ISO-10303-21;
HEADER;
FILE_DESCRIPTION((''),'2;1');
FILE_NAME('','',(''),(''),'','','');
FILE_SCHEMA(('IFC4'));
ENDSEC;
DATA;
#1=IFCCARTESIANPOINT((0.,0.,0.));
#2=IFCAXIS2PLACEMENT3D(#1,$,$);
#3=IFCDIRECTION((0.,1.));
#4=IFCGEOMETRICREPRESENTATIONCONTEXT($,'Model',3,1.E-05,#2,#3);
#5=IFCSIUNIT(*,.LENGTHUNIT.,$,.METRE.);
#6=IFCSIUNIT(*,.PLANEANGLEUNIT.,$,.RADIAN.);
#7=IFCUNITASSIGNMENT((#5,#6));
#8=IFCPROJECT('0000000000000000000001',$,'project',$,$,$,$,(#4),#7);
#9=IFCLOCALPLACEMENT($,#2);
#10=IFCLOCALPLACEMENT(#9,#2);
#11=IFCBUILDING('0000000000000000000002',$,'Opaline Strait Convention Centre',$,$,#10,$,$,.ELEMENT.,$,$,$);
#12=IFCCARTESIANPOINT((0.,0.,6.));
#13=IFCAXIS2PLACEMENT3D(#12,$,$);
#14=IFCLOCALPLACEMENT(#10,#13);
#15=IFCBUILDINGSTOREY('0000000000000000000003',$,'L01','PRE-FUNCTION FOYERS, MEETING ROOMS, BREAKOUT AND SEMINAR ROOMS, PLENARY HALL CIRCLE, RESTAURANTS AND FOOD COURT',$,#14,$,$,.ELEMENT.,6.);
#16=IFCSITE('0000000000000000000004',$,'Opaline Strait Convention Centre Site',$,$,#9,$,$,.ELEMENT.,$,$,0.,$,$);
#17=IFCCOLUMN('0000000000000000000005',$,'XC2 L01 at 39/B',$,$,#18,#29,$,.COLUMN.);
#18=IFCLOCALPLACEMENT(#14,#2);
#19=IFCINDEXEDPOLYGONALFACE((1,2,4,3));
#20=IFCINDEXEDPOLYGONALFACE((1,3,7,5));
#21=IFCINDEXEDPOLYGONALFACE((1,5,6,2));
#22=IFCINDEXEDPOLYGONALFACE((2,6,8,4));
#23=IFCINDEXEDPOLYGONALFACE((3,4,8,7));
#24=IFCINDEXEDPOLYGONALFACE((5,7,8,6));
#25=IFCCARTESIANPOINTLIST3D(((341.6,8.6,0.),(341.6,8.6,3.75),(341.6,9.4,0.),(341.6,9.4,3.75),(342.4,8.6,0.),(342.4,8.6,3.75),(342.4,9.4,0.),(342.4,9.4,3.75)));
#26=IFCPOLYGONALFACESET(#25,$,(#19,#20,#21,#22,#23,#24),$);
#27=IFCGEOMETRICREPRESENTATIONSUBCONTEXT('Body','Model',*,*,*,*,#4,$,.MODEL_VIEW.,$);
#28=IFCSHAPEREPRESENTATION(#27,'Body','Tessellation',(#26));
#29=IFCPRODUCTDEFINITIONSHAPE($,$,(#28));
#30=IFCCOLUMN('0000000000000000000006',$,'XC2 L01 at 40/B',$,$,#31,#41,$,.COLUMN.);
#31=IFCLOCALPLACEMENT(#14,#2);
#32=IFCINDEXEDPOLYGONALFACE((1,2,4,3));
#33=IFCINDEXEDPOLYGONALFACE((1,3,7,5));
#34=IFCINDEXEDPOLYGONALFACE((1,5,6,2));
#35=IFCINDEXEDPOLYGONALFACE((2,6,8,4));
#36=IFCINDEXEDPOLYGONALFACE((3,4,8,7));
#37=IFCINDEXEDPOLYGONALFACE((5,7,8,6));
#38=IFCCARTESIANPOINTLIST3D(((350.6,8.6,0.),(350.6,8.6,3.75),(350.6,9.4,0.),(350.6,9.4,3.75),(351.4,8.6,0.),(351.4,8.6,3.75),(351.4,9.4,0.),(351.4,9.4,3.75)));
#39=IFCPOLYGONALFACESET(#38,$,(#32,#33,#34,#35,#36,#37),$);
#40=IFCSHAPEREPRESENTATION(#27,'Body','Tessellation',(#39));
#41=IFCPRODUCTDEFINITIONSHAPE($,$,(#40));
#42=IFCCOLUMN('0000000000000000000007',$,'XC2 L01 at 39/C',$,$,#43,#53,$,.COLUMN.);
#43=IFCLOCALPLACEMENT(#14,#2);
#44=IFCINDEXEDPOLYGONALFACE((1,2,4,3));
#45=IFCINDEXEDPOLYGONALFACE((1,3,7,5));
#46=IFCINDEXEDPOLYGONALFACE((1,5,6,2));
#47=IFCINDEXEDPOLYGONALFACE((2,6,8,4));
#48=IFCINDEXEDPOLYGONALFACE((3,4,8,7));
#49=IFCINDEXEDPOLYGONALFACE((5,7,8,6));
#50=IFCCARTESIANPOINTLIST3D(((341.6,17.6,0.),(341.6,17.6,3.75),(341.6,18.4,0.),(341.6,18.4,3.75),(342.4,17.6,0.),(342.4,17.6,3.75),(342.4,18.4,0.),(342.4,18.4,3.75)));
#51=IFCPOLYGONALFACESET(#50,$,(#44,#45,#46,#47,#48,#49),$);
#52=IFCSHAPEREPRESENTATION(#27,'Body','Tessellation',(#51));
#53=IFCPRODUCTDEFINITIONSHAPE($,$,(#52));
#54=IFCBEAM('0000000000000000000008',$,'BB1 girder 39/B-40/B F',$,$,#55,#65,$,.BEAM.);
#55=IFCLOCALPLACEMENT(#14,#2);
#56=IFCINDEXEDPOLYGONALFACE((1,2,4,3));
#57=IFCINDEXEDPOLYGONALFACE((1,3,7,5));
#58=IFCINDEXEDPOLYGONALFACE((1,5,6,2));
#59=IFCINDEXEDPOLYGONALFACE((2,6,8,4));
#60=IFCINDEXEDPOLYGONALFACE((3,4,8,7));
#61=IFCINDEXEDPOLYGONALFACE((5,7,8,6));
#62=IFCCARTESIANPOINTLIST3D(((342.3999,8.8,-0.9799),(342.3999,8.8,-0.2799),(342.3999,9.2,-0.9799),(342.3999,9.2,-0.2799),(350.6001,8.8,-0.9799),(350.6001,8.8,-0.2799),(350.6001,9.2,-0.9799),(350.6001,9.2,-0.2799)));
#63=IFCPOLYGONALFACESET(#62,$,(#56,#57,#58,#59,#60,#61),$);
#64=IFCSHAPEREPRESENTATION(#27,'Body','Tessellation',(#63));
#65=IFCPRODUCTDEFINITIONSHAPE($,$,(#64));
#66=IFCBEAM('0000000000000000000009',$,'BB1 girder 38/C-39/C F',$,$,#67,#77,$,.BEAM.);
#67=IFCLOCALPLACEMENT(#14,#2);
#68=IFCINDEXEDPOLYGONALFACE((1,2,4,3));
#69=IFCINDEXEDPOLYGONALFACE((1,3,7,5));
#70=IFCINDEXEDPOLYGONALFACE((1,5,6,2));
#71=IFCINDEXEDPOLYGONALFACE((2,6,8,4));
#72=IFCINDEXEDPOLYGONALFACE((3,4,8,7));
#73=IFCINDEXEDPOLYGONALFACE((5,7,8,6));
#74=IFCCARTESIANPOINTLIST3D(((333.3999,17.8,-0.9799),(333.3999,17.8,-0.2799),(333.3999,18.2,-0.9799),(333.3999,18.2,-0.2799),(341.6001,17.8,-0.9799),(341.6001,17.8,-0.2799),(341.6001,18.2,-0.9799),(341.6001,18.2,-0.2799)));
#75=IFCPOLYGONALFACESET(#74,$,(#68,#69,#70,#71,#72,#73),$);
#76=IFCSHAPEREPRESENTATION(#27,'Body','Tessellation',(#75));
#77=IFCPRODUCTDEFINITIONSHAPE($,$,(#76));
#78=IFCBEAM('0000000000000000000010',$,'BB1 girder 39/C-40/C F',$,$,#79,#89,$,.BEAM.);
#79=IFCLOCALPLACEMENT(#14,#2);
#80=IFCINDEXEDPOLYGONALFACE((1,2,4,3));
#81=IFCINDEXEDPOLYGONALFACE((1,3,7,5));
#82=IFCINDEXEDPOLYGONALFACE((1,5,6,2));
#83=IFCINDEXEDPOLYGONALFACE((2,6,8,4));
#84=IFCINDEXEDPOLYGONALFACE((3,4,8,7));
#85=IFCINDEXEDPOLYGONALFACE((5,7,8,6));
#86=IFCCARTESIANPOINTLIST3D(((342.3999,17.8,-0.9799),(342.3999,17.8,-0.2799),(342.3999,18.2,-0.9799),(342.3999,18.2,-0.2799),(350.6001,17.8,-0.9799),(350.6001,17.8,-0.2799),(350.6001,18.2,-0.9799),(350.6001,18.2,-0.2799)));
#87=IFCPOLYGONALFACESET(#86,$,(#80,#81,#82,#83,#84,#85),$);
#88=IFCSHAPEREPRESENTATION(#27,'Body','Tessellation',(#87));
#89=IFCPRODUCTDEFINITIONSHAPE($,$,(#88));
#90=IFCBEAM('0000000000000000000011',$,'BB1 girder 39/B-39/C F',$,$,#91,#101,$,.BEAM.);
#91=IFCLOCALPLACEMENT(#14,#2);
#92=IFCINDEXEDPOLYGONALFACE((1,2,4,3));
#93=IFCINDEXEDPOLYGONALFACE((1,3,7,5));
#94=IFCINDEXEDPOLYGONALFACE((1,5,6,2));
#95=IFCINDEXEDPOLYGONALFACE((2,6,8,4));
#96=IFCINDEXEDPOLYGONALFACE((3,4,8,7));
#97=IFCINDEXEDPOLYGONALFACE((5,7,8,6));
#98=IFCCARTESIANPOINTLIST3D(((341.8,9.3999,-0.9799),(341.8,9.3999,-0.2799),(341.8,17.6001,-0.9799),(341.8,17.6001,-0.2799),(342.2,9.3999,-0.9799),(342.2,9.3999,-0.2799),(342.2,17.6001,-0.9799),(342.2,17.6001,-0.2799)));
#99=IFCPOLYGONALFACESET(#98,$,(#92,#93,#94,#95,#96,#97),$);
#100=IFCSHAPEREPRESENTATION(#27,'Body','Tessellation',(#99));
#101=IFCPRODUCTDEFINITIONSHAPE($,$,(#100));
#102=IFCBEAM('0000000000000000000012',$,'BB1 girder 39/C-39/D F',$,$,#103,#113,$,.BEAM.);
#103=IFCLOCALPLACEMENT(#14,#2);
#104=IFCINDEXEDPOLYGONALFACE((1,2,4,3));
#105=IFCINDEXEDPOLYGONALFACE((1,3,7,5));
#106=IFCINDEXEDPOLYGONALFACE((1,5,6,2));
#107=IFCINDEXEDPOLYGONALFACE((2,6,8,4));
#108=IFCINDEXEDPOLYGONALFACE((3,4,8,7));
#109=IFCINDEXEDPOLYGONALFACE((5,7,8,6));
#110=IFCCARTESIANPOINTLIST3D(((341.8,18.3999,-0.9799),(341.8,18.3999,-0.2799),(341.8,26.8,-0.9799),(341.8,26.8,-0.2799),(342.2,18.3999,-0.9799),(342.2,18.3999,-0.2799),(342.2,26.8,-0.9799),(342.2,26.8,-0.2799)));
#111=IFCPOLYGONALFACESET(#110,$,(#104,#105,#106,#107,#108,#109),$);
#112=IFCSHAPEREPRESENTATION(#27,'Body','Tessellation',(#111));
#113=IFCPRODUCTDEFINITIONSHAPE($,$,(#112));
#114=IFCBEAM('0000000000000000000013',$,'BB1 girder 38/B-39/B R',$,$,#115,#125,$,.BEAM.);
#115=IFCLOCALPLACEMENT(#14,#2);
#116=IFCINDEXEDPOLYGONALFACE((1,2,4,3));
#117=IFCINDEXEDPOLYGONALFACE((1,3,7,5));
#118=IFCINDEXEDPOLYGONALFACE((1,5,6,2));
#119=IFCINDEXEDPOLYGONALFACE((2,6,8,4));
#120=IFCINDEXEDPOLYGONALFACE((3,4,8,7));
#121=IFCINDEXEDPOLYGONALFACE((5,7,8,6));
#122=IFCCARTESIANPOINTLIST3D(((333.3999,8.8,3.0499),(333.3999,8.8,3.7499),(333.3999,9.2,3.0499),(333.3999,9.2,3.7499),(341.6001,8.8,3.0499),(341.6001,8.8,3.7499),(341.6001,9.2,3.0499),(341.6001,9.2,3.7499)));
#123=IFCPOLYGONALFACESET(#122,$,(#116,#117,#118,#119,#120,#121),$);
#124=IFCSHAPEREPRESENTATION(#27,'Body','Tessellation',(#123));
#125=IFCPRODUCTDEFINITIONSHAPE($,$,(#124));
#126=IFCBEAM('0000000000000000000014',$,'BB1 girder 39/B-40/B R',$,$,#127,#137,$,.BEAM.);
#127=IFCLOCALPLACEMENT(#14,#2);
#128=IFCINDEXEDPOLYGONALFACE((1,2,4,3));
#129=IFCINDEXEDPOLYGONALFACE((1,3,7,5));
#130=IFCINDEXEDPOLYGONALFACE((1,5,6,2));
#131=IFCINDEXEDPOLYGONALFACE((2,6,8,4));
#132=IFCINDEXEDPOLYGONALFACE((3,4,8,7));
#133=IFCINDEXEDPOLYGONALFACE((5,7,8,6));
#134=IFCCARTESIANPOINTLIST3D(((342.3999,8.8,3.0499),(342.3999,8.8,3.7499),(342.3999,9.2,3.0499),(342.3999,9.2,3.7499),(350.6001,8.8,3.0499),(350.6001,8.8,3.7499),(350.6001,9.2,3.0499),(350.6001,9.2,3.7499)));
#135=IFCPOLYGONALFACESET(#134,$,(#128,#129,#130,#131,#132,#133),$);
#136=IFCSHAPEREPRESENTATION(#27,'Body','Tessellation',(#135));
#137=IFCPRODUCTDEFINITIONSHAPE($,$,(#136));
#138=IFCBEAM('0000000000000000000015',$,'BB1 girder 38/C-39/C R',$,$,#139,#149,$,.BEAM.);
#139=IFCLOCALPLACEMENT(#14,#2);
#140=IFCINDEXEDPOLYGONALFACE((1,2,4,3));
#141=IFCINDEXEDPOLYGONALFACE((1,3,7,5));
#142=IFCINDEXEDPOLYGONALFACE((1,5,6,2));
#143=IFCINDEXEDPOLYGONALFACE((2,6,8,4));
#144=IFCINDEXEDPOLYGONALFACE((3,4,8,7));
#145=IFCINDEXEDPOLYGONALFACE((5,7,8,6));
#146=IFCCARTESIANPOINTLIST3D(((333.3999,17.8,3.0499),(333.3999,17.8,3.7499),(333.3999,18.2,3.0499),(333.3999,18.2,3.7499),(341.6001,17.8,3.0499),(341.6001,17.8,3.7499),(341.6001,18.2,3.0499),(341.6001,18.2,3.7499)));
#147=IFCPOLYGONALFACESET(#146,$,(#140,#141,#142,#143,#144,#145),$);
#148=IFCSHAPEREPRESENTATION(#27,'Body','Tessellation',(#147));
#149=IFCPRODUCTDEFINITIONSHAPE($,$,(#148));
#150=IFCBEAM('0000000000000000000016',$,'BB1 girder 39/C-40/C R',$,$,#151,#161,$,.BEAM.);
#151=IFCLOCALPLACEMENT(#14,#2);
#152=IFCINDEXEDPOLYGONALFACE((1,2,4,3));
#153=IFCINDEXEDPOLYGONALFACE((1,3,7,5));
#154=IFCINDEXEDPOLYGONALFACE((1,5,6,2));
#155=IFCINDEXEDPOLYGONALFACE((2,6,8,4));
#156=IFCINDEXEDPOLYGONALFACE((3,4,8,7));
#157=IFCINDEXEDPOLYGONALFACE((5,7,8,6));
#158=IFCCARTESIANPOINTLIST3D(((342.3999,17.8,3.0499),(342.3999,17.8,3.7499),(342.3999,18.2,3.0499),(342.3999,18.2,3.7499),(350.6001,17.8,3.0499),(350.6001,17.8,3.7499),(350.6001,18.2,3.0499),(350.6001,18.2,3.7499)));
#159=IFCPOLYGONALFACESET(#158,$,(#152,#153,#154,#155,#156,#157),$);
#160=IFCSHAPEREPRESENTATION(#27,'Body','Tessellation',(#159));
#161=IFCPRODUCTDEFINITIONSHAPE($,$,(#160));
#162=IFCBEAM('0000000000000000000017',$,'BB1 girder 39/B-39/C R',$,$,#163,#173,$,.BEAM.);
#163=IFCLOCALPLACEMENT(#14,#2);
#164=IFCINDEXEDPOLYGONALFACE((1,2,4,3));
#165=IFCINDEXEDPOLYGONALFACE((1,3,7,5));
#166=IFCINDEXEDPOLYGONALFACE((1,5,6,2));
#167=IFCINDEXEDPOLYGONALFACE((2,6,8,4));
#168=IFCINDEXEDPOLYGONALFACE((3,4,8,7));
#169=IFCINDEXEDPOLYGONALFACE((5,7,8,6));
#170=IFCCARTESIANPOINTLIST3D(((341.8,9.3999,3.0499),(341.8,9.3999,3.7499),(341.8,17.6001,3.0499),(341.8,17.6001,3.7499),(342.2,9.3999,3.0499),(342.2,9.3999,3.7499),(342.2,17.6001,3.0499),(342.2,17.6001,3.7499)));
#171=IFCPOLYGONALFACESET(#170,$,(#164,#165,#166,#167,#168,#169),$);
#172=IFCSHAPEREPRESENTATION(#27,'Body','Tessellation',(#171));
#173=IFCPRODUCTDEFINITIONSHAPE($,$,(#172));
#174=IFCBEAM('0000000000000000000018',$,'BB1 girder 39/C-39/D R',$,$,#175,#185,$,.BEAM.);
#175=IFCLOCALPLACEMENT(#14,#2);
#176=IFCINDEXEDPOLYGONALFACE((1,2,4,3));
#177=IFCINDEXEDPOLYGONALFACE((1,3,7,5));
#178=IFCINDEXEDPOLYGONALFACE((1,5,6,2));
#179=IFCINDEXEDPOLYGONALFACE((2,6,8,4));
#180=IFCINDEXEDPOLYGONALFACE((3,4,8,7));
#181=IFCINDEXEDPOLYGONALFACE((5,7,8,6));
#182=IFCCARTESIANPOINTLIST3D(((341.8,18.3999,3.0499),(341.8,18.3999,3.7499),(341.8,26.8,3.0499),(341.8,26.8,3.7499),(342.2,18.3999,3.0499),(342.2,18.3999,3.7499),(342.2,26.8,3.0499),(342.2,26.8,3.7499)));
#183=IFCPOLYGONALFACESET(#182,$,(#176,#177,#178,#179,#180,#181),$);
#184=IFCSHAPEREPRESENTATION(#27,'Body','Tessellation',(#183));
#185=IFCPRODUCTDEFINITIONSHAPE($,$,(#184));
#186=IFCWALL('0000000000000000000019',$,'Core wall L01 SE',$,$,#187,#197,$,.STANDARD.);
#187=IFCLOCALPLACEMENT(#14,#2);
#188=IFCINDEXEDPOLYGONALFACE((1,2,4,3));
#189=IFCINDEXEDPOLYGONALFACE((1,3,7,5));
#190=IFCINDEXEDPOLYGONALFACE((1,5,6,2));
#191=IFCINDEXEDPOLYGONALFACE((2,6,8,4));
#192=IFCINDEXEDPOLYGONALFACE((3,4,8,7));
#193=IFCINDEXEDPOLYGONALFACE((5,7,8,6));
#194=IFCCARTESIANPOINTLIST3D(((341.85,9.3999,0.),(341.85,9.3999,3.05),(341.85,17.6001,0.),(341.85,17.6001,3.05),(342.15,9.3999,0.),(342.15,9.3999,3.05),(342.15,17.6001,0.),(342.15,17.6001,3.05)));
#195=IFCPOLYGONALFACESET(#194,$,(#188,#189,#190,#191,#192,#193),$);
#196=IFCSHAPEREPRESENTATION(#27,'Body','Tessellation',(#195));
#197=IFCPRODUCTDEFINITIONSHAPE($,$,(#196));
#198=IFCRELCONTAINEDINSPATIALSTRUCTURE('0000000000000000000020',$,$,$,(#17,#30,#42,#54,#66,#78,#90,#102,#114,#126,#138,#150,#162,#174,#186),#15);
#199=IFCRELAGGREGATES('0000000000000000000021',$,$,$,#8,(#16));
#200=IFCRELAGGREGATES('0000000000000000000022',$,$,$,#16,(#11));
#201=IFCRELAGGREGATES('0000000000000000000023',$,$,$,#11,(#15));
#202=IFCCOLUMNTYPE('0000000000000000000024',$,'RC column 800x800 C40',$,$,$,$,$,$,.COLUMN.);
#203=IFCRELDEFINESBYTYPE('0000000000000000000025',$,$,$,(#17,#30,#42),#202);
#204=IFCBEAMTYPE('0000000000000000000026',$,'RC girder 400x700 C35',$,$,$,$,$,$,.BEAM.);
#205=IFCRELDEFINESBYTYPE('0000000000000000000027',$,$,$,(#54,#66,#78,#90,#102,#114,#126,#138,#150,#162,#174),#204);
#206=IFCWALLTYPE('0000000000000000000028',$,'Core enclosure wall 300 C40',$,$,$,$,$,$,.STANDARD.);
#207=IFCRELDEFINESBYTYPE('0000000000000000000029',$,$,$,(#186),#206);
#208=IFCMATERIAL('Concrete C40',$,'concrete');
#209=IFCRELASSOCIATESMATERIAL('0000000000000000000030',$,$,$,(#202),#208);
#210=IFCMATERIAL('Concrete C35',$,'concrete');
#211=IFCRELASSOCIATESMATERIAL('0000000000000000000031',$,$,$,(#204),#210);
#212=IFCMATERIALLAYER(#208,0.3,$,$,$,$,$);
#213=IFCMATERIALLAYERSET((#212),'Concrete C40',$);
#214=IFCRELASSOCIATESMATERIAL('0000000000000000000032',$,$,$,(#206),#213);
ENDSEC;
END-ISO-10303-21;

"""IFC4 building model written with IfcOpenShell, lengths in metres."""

from ifc_helpers import new_model, si_unit, direction, frame, frame_2d, origin, origin_2d, place, context, subcontext, project, spatial, rectangle, extrude, material, layer, layer_set, material_profile, profile_set, type_object, element, save


model = new_model("IFC4")

# Units and contexts
model_context = context("Model", 3, precision=1e-05, world=origin(), true_north=direction((0.0, 1.0)))
body_context = subcontext(model_context, "Body", "Model", "MODEL_VIEW")
ifc_project = project(units=[si_unit("LENGTHUNIT", "METRE"), si_unit("PLANEANGLEUNIT", "RADIAN")], contexts=[model_context])

# Site, building, storey
site_placement = place(None, origin())
site = spatial("IfcSite", under=ifc_project, at=site_placement, Name="Opaline Strait Convention Centre Site", CompositionType="ELEMENT", RefElevation=0.0)
building_placement = place(site_placement, origin())
building = spatial("IfcBuilding", under=site, at=building_placement, Name="Opaline Strait Convention Centre", CompositionType="ELEMENT")
storey_placement = place(building_placement, frame((0.0, 0.0, 6.0)))
storey = spatial("IfcBuildingStorey", under=building, at=storey_placement, Name="L01", Description="PRE-FUNCTION FOYERS, MEETING ROOMS, BREAKOUT AND SEMINAR ROOMS, PLENARY HALL CIRCLE, RESTAURANTS AND FOOD COURT", CompositionType="ELEMENT", Elevation=6.0)

# Columns
ifc_material_1 = material(Name="Concrete C40", Category="concrete")
ifc_material_profile_1 = material_profile(ifc_material_1, rectangle(XDim=0.8, YDim=0.8, at=origin_2d()), Name="RC 800x800")
ifc_profile_set_1 = profile_set([ifc_material_profile_1], Name="Concrete C40")
column_type = type_object("IfcColumnType", Name="RC column 800x800 C40", PredefinedType="COLUMN", material=ifc_profile_set_1)
for number, where, z_axis, x_axis, name in (
    (1, (342.0, 9.0, 0.0), (0.0, 0.0, 1.0), (1.0, 0.0, 0.0), "XC2 L01 at 39/B"),
    (2, (351.0, 9.0, 0.0), (0.0, 0.0, 1.0), (1.0, 0.0, 0.0), "XC2 L01 at 40/B"),
    (3, (342.0, 18.0, 0.0), (0.0, 0.0, 1.0), (1.0, 0.0, 0.0), "XC2 L01 at 39/C"),
):
    element("IfcColumn", number, at=place(storey_placement, frame(where, z_axis=z_axis, x_axis=x_axis)), inside=storey, type_object=column_type, Name=name, PredefinedType="COLUMN", context=body_context, shape_type="SweptSolid", body=[
        extrude(rectangle(XDim=0.8, YDim=0.8, at=origin_2d()), origin(), (0.0, 0.0, 1.0), 3.75),
    ])

# Beams
ifc_material_2 = material(Name="Concrete C35", Category="concrete")
ifc_material_profile_2 = material_profile(ifc_material_2, rectangle(XDim=0.3999, YDim=0.7, at=origin_2d()), Name="RC 400x700")
ifc_profile_set_2 = profile_set([ifc_material_profile_2], Name="Concrete C35")
beam_type = type_object("IfcBeamType", Name="RC girder 400x700 C35", PredefinedType="BEAM", material=ifc_profile_set_2)
for number, where, z_axis, x_axis, name in (
    (4, (342.3999, 9.0, -0.6299), (1.0, 0.0, 0.0), (0.0, 1.0, 0.0), "BB1 girder 39/B-40/B F"),
    (5, (333.3999, 18.0, -0.6299), (1.0, 0.0, 0.0), (0.0, 1.0, 0.0), "BB1 girder 38/C-39/C F"),
    (6, (342.3999, 18.0, -0.6299), (1.0, 0.0, 0.0), (0.0, 1.0, 0.0), "BB1 girder 39/C-40/C F"),
    (7, (342.0, 9.3999, -0.6299), (0.0, 1.0, 0.0), (-1.0, 0.0, 0.0), "BB1 girder 39/B-39/C F"),
):
    element("IfcBeam", number, at=place(storey_placement, frame(where, z_axis=z_axis, x_axis=x_axis)), inside=storey, type_object=beam_type, Name=name, PredefinedType="BEAM", context=body_context, shape_type="SweptSolid", body=[
        extrude(rectangle(XDim=0.3999, YDim=0.7, at=origin_2d()), origin(), (0.0, 0.0, 1.0), 8.2002),
    ])
beam_1_placement = place(storey_placement, frame((342.0, 18.3999, -0.6299), z_axis=(0.0, 1.0, 0.0), x_axis=(-1.0, 0.0, 0.0)))
element("IfcBeam", 8, at=beam_1_placement, inside=storey, type_object=beam_type, Name="BB1 girder 39/C-39/D F", PredefinedType="BEAM", context=body_context, shape_type="SweptSolid", body=[
    extrude(rectangle(XDim=0.3999, YDim=0.7, at=origin_2d()), origin(), (0.0, 0.0, 1.0), 8.4001),
])
for number, where, z_axis, x_axis, name in (
    (9, (333.3999, 9.0, 3.3999), (1.0, 0.0, 0.0), (0.0, 1.0, 0.0), "BB1 girder 38/B-39/B R"),
    (10, (342.3999, 9.0, 3.3999), (1.0, 0.0, 0.0), (0.0, 1.0, 0.0), "BB1 girder 39/B-40/B R"),
    (11, (333.3999, 18.0, 3.3999), (1.0, 0.0, 0.0), (0.0, 1.0, 0.0), "BB1 girder 38/C-39/C R"),
    (12, (342.3999, 18.0, 3.3999), (1.0, 0.0, 0.0), (0.0, 1.0, 0.0), "BB1 girder 39/C-40/C R"),
    (13, (342.0, 9.3999, 3.3999), (0.0, 1.0, 0.0), (-1.0, 0.0, 0.0), "BB1 girder 39/B-39/C R"),
):
    element("IfcBeam", number, at=place(storey_placement, frame(where, z_axis=z_axis, x_axis=x_axis)), inside=storey, type_object=beam_type, Name=name, PredefinedType="BEAM", context=body_context, shape_type="SweptSolid", body=[
        extrude(rectangle(XDim=0.3999, YDim=0.7, at=origin_2d()), origin(), (0.0, 0.0, 1.0), 8.2002),
    ])
beam_2_placement = place(storey_placement, frame((342.0, 18.3999, 3.3999), z_axis=(0.0, 1.0, 0.0), x_axis=(-1.0, 0.0, 0.0)))
element("IfcBeam", 14, at=beam_2_placement, inside=storey, type_object=beam_type, Name="BB1 girder 39/C-39/D R", PredefinedType="BEAM", context=body_context, shape_type="SweptSolid", body=[
    extrude(rectangle(XDim=0.3999, YDim=0.7, at=origin_2d()), origin(), (0.0, 0.0, 1.0), 8.4001),
])

# Shared definitions
ifc_layer_1 = layer(ifc_material_1, 0.3)
ifc_layer_set_1 = layer_set([ifc_layer_1], Name="Concrete C40")
wall_type_1 = type_object("IfcWallType", Name="Core enclosure wall 300 C40", PredefinedType="STANDARD", material=ifc_layer_set_1)

# Wall
wall_1_placement = place(storey_placement, frame((342.0, 9.3999, 0.0), z_axis=(0.0, 0.0, 1.0), x_axis=(0.0, 1.0, 0.0)))
element("IfcWall", 15, at=wall_1_placement, inside=storey, type_object=wall_type_1, Name="Core wall L01 SE", PredefinedType="STANDARD", context=body_context, shape_type="SweptSolid", body=[
    extrude(rectangle(XDim=8.2002, YDim=0.3, at=frame_2d((4.1001, 0.0))), origin(), (0.0, 0.0, 1.0), 3.05),
])

save(model, "model.ifc")
